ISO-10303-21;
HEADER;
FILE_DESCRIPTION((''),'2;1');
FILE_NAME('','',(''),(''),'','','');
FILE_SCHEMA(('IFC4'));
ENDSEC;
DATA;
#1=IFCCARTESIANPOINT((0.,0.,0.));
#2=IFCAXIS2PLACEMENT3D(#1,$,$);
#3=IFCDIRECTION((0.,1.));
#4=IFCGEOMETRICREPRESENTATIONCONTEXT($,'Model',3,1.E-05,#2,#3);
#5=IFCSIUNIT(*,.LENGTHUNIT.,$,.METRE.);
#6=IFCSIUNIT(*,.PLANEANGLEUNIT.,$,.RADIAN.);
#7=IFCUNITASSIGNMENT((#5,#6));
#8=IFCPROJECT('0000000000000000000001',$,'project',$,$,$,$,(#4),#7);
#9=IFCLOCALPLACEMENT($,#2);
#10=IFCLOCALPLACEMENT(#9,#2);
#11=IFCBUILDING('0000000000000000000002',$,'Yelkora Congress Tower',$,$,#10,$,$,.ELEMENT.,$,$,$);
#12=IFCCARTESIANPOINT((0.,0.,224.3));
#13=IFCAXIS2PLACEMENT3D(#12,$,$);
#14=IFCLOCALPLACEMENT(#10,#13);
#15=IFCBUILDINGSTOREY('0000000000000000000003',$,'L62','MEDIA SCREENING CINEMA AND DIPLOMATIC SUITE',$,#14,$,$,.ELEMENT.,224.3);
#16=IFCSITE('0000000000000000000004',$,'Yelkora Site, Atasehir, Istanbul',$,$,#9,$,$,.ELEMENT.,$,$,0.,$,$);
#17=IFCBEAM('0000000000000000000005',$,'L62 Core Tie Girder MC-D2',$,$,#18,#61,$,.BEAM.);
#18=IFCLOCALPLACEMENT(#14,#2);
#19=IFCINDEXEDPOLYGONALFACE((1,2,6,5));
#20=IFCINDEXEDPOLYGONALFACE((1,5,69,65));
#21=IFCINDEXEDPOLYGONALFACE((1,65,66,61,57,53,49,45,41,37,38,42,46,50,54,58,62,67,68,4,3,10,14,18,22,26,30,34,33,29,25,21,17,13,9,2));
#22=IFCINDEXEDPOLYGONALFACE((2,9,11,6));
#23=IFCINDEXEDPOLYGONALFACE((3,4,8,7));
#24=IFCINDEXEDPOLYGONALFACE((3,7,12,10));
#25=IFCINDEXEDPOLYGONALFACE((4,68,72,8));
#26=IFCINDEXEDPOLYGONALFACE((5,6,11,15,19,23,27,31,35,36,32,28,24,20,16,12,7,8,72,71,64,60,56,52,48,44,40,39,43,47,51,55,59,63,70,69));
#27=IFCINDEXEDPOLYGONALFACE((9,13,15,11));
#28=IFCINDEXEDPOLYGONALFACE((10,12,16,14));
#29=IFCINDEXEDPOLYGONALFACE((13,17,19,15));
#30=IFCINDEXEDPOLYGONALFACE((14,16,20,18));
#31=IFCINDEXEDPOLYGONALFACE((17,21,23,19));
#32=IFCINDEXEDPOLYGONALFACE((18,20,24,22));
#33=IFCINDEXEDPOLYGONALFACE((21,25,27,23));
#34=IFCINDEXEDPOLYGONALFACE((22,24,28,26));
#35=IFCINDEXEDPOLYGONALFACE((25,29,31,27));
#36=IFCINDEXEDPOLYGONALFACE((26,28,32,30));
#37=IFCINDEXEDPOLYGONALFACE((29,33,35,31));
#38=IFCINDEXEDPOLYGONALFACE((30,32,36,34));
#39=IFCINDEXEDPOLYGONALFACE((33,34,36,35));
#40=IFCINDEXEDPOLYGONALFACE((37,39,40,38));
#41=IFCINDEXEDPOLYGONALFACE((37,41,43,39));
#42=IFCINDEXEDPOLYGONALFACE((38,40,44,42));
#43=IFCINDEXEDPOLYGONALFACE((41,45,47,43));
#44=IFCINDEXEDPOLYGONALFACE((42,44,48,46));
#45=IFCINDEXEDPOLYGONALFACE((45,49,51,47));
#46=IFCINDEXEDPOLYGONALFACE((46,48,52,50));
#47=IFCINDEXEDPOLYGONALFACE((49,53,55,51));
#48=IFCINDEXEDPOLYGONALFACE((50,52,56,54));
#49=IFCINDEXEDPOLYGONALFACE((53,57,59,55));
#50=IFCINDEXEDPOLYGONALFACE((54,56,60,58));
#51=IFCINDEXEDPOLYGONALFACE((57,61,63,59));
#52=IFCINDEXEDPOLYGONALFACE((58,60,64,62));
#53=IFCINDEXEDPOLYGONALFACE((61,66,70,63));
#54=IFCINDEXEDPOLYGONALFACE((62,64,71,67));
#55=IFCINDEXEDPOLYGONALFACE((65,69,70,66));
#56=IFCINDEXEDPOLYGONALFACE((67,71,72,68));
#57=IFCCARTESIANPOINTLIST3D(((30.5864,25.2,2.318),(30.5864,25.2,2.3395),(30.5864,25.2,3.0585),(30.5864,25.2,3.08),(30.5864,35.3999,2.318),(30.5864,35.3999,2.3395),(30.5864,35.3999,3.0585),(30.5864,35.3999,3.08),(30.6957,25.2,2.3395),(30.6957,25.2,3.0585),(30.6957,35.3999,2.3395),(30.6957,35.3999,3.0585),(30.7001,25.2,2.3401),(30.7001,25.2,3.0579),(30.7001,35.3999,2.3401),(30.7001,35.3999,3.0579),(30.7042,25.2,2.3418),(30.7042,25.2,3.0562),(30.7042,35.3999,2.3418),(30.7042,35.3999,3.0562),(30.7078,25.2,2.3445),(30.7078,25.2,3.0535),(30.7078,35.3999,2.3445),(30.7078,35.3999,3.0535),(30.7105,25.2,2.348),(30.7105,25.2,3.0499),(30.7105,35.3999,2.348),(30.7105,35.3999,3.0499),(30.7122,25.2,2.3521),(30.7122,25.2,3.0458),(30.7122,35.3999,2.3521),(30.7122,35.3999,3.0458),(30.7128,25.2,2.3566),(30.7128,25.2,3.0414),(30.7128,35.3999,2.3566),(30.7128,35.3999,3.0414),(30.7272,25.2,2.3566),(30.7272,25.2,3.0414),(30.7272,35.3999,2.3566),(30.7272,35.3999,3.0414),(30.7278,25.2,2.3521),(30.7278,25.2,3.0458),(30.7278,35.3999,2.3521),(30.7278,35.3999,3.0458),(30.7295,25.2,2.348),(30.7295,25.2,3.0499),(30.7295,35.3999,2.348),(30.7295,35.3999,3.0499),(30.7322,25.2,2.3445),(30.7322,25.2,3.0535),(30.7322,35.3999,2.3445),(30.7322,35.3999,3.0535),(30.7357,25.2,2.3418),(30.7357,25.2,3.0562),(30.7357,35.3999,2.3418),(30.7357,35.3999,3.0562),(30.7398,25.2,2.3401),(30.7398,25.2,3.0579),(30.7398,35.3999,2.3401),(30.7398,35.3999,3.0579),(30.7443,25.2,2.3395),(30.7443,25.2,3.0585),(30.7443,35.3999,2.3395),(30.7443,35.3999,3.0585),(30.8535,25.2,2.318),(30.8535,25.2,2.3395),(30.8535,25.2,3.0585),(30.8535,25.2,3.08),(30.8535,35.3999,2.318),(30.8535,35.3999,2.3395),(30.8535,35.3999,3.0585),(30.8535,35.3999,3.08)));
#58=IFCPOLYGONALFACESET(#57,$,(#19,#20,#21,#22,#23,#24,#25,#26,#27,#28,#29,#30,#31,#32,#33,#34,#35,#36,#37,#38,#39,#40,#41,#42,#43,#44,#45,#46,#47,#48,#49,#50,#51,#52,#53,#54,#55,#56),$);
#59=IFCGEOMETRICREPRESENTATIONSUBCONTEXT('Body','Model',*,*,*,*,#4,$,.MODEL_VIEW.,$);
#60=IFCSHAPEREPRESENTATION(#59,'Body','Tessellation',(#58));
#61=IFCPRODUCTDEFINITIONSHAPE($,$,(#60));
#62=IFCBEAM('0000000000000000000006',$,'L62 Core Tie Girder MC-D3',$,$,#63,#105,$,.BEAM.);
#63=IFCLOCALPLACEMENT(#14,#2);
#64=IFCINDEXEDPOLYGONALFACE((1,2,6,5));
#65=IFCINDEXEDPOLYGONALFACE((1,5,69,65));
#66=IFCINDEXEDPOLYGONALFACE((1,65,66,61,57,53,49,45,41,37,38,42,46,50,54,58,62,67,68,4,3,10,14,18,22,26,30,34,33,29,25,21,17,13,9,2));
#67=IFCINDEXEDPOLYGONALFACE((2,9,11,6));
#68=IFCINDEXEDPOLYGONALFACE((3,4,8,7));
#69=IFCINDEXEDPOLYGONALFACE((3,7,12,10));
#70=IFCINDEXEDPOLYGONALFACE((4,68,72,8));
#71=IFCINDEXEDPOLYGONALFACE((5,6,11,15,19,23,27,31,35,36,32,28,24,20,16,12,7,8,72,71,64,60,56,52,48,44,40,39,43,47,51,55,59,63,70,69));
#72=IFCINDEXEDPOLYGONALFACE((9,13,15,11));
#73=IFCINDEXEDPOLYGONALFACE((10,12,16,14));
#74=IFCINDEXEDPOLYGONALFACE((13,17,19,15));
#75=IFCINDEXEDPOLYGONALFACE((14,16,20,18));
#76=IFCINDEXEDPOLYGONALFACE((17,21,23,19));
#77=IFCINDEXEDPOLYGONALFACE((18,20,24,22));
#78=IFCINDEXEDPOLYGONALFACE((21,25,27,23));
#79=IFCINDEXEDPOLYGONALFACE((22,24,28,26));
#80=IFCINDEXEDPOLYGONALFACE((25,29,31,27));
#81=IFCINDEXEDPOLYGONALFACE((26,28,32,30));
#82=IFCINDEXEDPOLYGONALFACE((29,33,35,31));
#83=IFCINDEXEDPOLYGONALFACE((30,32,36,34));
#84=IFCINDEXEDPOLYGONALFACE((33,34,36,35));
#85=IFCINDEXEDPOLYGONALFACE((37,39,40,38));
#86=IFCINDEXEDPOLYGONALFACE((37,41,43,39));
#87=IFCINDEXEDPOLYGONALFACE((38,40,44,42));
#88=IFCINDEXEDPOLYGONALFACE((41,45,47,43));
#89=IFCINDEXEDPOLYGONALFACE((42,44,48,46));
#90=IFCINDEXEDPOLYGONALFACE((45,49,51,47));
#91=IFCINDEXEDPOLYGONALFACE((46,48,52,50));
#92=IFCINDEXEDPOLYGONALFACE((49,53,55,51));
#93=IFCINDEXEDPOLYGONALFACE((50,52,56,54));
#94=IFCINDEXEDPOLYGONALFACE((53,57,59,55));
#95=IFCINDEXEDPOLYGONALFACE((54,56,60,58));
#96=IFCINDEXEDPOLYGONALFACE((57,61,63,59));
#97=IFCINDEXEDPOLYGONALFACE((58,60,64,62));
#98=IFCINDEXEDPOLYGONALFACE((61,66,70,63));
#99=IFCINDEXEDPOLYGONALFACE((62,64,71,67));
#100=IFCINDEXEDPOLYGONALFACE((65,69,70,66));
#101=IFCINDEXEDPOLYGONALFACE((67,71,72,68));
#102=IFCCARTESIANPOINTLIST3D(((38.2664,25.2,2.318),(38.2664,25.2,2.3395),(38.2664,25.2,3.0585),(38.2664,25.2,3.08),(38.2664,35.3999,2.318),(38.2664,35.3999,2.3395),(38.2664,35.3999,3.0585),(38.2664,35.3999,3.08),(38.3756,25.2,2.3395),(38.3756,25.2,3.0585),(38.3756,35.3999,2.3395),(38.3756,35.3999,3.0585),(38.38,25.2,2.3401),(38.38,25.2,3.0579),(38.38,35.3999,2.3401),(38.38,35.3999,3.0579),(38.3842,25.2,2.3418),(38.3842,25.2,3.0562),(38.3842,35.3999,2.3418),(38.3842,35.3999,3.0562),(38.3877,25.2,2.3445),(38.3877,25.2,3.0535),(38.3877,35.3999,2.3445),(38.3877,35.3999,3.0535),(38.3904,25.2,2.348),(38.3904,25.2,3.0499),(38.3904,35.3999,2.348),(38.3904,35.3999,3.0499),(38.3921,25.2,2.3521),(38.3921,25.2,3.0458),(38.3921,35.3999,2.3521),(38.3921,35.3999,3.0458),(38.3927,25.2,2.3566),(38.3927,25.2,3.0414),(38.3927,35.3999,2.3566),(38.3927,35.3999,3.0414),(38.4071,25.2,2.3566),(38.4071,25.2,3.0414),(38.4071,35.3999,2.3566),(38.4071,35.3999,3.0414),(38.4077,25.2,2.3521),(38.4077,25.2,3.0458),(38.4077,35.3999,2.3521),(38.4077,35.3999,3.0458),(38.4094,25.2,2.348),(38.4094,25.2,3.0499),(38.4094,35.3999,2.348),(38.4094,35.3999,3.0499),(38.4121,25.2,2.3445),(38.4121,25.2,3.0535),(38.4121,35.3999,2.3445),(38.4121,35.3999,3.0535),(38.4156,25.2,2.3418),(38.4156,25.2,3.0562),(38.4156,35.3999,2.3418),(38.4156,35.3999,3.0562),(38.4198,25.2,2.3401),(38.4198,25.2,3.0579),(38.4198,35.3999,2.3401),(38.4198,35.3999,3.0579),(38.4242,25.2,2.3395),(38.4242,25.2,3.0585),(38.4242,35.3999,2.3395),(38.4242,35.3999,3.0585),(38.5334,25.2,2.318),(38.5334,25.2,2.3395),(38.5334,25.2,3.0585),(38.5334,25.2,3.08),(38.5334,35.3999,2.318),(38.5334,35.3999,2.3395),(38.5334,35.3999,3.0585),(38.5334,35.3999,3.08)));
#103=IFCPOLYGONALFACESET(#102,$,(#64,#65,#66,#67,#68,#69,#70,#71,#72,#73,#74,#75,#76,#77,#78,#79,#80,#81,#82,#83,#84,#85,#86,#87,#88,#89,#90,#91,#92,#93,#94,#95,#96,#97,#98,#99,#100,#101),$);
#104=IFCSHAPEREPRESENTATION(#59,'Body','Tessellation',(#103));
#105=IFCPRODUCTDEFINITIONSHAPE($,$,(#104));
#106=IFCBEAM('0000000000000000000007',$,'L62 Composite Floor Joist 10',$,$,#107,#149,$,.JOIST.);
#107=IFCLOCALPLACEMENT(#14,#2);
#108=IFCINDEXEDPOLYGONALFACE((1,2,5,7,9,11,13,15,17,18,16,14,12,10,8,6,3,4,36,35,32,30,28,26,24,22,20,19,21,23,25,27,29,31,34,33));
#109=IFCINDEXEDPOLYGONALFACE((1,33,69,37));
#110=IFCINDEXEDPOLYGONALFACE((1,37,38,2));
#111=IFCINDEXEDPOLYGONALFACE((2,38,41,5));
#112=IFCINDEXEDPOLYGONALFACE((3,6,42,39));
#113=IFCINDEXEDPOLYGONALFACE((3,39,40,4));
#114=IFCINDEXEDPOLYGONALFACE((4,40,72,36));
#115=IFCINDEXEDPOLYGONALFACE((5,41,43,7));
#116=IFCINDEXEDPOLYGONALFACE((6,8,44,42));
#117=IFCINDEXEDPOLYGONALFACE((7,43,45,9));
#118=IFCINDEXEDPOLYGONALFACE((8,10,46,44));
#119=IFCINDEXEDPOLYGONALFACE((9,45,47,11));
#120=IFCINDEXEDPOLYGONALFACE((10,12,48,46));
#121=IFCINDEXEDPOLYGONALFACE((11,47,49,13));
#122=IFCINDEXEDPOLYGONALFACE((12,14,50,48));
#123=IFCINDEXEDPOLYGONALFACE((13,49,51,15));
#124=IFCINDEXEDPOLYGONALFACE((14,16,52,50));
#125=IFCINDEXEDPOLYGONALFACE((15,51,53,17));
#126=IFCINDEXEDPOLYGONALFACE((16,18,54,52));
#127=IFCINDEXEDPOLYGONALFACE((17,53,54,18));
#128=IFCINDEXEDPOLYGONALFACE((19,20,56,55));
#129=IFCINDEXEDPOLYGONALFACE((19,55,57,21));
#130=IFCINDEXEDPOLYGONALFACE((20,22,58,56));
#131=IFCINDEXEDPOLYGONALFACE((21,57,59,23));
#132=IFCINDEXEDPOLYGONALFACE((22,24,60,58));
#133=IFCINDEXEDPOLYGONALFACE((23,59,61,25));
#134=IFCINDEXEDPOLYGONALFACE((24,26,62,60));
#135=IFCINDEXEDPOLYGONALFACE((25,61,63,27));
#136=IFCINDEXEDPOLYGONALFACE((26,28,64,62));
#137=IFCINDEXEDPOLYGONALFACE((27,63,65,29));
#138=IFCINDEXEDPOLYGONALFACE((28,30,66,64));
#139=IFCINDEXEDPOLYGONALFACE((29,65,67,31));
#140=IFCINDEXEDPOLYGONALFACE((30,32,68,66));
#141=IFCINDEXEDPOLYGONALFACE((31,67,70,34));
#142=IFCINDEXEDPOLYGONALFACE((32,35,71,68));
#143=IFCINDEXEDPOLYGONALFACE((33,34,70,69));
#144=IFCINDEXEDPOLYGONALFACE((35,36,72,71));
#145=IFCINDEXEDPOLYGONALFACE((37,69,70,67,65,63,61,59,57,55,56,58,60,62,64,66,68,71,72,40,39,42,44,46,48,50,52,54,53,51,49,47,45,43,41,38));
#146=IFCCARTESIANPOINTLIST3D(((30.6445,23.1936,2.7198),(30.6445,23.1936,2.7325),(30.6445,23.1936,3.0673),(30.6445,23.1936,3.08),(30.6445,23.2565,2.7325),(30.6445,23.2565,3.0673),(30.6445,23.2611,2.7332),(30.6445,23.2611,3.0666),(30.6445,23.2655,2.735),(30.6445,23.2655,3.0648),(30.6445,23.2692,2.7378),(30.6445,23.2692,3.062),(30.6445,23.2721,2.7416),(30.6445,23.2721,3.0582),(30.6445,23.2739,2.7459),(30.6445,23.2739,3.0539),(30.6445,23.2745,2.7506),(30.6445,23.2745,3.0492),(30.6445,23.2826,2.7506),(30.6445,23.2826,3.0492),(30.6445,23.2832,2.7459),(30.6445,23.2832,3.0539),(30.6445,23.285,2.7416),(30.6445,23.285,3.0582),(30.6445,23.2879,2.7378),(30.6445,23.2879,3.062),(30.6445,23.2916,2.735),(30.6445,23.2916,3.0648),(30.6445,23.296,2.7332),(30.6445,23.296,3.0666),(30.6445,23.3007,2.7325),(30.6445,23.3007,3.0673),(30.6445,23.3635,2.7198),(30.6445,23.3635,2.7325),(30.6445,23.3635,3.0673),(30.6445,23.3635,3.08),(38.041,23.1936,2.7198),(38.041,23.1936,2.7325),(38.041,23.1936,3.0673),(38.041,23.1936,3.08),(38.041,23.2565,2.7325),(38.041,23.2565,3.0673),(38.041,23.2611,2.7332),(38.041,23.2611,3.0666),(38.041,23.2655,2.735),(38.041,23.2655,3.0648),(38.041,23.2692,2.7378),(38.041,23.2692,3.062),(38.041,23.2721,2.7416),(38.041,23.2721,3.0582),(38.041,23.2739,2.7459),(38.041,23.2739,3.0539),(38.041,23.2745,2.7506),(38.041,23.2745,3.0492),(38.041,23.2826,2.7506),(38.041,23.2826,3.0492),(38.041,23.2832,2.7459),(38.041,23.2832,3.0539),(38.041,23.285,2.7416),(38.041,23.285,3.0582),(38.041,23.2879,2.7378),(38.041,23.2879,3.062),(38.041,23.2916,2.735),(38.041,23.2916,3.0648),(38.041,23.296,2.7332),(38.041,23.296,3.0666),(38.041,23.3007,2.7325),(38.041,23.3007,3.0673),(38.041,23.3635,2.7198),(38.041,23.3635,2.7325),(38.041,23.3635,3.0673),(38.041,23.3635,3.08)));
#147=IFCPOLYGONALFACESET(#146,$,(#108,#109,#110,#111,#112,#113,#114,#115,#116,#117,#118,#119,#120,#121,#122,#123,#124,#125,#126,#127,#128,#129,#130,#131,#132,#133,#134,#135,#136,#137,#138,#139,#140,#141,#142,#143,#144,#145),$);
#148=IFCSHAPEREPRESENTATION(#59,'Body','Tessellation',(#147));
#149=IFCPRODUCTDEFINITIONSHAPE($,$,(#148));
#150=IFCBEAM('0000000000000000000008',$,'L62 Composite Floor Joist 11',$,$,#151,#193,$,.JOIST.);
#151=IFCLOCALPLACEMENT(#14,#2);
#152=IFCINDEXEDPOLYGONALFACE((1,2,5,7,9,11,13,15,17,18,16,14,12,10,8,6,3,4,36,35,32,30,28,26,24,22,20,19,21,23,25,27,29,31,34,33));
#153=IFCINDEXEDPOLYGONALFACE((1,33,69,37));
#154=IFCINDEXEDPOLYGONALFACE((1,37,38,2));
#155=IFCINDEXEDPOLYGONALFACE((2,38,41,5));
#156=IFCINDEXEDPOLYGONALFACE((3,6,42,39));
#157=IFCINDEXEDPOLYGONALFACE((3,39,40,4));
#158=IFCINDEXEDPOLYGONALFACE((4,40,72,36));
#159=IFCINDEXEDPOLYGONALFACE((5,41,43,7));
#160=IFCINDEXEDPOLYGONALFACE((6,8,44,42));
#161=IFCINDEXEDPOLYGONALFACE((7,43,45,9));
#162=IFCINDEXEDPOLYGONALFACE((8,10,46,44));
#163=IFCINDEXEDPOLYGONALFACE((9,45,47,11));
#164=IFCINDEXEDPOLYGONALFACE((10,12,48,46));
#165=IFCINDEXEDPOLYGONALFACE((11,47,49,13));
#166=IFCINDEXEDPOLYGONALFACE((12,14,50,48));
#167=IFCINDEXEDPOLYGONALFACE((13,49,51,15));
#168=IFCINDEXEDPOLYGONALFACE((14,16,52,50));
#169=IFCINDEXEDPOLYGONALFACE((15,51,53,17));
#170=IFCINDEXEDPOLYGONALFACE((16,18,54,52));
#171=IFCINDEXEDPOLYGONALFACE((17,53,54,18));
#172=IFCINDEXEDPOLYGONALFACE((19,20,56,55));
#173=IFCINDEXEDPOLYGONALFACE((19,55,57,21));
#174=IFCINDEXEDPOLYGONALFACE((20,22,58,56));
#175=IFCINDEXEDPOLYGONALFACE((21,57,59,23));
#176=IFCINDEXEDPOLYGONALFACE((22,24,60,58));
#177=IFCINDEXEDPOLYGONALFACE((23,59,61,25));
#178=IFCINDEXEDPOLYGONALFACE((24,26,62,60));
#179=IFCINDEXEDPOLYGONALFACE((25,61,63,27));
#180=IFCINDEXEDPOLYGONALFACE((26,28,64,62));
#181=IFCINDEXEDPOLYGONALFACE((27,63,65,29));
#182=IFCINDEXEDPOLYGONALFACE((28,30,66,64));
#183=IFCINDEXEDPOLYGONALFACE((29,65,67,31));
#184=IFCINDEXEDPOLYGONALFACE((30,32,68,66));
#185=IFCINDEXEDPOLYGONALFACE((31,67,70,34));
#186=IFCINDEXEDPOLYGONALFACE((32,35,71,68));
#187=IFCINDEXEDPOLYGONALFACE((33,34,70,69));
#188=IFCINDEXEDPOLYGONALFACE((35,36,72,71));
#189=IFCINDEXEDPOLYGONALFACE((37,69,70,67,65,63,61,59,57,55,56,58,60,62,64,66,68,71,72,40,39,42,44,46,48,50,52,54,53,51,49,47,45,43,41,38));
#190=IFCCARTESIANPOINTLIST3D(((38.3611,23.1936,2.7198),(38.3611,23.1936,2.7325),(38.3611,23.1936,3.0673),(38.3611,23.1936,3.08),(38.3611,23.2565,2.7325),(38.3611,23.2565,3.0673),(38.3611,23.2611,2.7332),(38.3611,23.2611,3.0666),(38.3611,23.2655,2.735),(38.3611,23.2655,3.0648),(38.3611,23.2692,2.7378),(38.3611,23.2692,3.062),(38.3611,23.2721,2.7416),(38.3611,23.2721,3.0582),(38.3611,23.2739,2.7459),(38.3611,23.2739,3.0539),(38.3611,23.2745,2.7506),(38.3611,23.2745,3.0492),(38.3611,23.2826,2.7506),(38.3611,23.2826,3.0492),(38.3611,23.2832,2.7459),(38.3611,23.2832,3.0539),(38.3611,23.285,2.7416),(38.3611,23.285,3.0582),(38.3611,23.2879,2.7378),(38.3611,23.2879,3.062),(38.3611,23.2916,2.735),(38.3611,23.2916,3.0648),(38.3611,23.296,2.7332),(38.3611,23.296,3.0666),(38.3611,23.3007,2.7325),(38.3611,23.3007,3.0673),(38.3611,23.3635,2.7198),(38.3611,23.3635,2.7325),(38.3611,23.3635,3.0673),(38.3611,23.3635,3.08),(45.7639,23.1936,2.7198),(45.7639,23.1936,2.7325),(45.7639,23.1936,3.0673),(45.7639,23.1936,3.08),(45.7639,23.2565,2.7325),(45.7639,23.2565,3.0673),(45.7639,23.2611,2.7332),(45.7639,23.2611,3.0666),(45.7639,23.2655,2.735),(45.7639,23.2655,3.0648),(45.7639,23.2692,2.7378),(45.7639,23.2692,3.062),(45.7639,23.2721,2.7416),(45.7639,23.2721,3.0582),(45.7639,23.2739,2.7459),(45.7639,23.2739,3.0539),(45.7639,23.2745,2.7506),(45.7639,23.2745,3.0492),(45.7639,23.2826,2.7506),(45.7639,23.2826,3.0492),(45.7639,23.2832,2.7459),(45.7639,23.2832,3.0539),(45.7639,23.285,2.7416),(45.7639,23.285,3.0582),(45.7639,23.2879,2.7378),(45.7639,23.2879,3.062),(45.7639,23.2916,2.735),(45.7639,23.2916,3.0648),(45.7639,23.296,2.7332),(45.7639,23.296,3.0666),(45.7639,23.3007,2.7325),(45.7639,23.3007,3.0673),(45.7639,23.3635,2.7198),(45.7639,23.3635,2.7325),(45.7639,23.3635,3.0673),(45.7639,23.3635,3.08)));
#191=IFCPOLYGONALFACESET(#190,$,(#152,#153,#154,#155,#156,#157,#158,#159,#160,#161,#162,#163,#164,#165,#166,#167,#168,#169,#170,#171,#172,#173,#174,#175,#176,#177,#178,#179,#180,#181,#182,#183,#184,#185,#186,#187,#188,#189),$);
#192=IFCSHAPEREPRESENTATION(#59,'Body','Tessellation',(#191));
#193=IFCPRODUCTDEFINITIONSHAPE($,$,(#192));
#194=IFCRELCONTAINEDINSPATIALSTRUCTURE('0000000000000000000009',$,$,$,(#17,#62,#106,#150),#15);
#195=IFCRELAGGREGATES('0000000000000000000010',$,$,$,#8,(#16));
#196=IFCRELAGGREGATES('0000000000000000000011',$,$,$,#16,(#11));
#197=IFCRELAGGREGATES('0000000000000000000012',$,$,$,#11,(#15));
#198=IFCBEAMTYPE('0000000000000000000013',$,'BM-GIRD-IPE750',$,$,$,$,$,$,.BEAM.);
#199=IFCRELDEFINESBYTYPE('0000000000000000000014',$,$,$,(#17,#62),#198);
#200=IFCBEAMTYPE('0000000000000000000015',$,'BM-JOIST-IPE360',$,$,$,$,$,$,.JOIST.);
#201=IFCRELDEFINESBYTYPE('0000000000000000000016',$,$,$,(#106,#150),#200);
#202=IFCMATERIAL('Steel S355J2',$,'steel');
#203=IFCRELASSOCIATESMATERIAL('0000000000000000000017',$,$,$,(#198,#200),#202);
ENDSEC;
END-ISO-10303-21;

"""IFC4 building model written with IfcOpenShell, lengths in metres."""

from ifc_helpers import new_model, si_unit, direction, frame, origin, origin_2d, place, context, subcontext, project, spatial, i_section, extrude, material, material_profile, profile_set, type_object, element, save


model = new_model("IFC4")

# Units and contexts
model_context = context("Model", 3, precision=1e-05, world=origin(), true_north=direction((0.0, 1.0)))
body_context = subcontext(model_context, "Body", "Model", "MODEL_VIEW")
ifc_project = project(units=[si_unit("LENGTHUNIT", "METRE"), si_unit("PLANEANGLEUNIT", "RADIAN")], contexts=[model_context])

# Site, building, storey
site_placement = place(None, origin())
site = spatial("IfcSite", under=ifc_project, at=site_placement, Name="Yelkora Site, Atasehir, Istanbul", CompositionType="ELEMENT", RefElevation=0.0)
building_placement = place(site_placement, origin())
building = spatial("IfcBuilding", under=site, at=building_placement, Name="Yelkora Congress Tower", CompositionType="ELEMENT")
storey_placement = place(building_placement, frame((0.0, 0.0, 224.3)))
storey = spatial("IfcBuildingStorey", under=building, at=storey_placement, Name="L62", Description="MEDIA SCREENING CINEMA AND DIPLOMATIC SUITE", CompositionType="ELEMENT", Elevation=224.3)

# Beams
ifc_material_1 = material(Name="Steel S355J2", Category="steel")
ifc_material_profile_1 = material_profile(ifc_material_1, i_section(OverallWidth=0.2671, OverallDepth=0.762, WebThickness=0.0144, FlangeThickness=0.0215, FilletRadius=0.0171, at=origin_2d()), Name="IPE 750x173")
ifc_profile_set_1 = profile_set([ifc_material_profile_1], Name="Steel S355J2")
beam_type_1 = type_object("IfcBeamType", Name="BM-GIRD-IPE750", PredefinedType="BEAM", material=ifc_profile_set_1)
for number, where, z_axis, x_axis, name in (
    (1, (30.72, 25.2, 2.699), (0.0, 1.0, 0.0), (-1.0, 0.0, 0.0), "L62 Core Tie Girder MC-D2"),
    (2, (38.3999, 25.2, 2.699), (0.0, 1.0, 0.0), (-1.0, 0.0, 0.0), "L62 Core Tie Girder MC-D3"),
):
    element("IfcBeam", number, at=place(storey_placement, frame(where, z_axis=z_axis, x_axis=x_axis)), inside=storey, type_object=beam_type_1, Name=name, PredefinedType="BEAM", context=body_context, shape_type="SweptSolid", body=[
        extrude(i_section(OverallWidth=0.2671, OverallDepth=0.762, WebThickness=0.0144, FlangeThickness=0.0215, FilletRadius=0.0171, at=origin_2d()), origin(), (0.0, 0.0, 1.0), 10.2),
    ])
ifc_material_profile_2 = material_profile(ifc_material_1, i_section(OverallWidth=0.1699, OverallDepth=0.3601, WebThickness=0.0081, FlangeThickness=0.0127, FilletRadius=0.0181, at=origin_2d()), Name="IPE 360")
ifc_profile_set_2 = profile_set([ifc_material_profile_2], Name="Steel S355J2")
beam_type_2 = type_object("IfcBeamType", Name="BM-JOIST-IPE360", PredefinedType="JOIST", material=ifc_profile_set_2)
beam_1_placement = place(storey_placement, frame((30.6445, 23.2786, 2.8999), z_axis=(1.0, 0.0, 0.0), x_axis=(0.0, 1.0, 0.0)))
element("IfcBeam", 3, at=beam_1_placement, inside=storey, type_object=beam_type_2, Name="L62 Composite Floor Joist 10", PredefinedType="JOIST", context=body_context, shape_type="SweptSolid", body=[
    extrude(i_section(OverallWidth=0.1699, OverallDepth=0.3601, WebThickness=0.0081, FlangeThickness=0.0127, FilletRadius=0.0181, at=origin_2d()), origin(), (0.0, 0.0, 1.0), 7.3965),
])
beam_2_placement = place(storey_placement, frame((38.3611, 23.2786, 2.8999), z_axis=(1.0, 0.0, 0.0), x_axis=(0.0, 1.0, 0.0)))
element("IfcBeam", 4, at=beam_2_placement, inside=storey, type_object=beam_type_2, Name="L62 Composite Floor Joist 11", PredefinedType="JOIST", context=body_context, shape_type="SweptSolid", body=[
    extrude(i_section(OverallWidth=0.1699, OverallDepth=0.3601, WebThickness=0.0081, FlangeThickness=0.0127, FilletRadius=0.0181, at=origin_2d()), origin(), (0.0, 0.0, 1.0), 7.4028),
])

save(model, "model.ifc")
